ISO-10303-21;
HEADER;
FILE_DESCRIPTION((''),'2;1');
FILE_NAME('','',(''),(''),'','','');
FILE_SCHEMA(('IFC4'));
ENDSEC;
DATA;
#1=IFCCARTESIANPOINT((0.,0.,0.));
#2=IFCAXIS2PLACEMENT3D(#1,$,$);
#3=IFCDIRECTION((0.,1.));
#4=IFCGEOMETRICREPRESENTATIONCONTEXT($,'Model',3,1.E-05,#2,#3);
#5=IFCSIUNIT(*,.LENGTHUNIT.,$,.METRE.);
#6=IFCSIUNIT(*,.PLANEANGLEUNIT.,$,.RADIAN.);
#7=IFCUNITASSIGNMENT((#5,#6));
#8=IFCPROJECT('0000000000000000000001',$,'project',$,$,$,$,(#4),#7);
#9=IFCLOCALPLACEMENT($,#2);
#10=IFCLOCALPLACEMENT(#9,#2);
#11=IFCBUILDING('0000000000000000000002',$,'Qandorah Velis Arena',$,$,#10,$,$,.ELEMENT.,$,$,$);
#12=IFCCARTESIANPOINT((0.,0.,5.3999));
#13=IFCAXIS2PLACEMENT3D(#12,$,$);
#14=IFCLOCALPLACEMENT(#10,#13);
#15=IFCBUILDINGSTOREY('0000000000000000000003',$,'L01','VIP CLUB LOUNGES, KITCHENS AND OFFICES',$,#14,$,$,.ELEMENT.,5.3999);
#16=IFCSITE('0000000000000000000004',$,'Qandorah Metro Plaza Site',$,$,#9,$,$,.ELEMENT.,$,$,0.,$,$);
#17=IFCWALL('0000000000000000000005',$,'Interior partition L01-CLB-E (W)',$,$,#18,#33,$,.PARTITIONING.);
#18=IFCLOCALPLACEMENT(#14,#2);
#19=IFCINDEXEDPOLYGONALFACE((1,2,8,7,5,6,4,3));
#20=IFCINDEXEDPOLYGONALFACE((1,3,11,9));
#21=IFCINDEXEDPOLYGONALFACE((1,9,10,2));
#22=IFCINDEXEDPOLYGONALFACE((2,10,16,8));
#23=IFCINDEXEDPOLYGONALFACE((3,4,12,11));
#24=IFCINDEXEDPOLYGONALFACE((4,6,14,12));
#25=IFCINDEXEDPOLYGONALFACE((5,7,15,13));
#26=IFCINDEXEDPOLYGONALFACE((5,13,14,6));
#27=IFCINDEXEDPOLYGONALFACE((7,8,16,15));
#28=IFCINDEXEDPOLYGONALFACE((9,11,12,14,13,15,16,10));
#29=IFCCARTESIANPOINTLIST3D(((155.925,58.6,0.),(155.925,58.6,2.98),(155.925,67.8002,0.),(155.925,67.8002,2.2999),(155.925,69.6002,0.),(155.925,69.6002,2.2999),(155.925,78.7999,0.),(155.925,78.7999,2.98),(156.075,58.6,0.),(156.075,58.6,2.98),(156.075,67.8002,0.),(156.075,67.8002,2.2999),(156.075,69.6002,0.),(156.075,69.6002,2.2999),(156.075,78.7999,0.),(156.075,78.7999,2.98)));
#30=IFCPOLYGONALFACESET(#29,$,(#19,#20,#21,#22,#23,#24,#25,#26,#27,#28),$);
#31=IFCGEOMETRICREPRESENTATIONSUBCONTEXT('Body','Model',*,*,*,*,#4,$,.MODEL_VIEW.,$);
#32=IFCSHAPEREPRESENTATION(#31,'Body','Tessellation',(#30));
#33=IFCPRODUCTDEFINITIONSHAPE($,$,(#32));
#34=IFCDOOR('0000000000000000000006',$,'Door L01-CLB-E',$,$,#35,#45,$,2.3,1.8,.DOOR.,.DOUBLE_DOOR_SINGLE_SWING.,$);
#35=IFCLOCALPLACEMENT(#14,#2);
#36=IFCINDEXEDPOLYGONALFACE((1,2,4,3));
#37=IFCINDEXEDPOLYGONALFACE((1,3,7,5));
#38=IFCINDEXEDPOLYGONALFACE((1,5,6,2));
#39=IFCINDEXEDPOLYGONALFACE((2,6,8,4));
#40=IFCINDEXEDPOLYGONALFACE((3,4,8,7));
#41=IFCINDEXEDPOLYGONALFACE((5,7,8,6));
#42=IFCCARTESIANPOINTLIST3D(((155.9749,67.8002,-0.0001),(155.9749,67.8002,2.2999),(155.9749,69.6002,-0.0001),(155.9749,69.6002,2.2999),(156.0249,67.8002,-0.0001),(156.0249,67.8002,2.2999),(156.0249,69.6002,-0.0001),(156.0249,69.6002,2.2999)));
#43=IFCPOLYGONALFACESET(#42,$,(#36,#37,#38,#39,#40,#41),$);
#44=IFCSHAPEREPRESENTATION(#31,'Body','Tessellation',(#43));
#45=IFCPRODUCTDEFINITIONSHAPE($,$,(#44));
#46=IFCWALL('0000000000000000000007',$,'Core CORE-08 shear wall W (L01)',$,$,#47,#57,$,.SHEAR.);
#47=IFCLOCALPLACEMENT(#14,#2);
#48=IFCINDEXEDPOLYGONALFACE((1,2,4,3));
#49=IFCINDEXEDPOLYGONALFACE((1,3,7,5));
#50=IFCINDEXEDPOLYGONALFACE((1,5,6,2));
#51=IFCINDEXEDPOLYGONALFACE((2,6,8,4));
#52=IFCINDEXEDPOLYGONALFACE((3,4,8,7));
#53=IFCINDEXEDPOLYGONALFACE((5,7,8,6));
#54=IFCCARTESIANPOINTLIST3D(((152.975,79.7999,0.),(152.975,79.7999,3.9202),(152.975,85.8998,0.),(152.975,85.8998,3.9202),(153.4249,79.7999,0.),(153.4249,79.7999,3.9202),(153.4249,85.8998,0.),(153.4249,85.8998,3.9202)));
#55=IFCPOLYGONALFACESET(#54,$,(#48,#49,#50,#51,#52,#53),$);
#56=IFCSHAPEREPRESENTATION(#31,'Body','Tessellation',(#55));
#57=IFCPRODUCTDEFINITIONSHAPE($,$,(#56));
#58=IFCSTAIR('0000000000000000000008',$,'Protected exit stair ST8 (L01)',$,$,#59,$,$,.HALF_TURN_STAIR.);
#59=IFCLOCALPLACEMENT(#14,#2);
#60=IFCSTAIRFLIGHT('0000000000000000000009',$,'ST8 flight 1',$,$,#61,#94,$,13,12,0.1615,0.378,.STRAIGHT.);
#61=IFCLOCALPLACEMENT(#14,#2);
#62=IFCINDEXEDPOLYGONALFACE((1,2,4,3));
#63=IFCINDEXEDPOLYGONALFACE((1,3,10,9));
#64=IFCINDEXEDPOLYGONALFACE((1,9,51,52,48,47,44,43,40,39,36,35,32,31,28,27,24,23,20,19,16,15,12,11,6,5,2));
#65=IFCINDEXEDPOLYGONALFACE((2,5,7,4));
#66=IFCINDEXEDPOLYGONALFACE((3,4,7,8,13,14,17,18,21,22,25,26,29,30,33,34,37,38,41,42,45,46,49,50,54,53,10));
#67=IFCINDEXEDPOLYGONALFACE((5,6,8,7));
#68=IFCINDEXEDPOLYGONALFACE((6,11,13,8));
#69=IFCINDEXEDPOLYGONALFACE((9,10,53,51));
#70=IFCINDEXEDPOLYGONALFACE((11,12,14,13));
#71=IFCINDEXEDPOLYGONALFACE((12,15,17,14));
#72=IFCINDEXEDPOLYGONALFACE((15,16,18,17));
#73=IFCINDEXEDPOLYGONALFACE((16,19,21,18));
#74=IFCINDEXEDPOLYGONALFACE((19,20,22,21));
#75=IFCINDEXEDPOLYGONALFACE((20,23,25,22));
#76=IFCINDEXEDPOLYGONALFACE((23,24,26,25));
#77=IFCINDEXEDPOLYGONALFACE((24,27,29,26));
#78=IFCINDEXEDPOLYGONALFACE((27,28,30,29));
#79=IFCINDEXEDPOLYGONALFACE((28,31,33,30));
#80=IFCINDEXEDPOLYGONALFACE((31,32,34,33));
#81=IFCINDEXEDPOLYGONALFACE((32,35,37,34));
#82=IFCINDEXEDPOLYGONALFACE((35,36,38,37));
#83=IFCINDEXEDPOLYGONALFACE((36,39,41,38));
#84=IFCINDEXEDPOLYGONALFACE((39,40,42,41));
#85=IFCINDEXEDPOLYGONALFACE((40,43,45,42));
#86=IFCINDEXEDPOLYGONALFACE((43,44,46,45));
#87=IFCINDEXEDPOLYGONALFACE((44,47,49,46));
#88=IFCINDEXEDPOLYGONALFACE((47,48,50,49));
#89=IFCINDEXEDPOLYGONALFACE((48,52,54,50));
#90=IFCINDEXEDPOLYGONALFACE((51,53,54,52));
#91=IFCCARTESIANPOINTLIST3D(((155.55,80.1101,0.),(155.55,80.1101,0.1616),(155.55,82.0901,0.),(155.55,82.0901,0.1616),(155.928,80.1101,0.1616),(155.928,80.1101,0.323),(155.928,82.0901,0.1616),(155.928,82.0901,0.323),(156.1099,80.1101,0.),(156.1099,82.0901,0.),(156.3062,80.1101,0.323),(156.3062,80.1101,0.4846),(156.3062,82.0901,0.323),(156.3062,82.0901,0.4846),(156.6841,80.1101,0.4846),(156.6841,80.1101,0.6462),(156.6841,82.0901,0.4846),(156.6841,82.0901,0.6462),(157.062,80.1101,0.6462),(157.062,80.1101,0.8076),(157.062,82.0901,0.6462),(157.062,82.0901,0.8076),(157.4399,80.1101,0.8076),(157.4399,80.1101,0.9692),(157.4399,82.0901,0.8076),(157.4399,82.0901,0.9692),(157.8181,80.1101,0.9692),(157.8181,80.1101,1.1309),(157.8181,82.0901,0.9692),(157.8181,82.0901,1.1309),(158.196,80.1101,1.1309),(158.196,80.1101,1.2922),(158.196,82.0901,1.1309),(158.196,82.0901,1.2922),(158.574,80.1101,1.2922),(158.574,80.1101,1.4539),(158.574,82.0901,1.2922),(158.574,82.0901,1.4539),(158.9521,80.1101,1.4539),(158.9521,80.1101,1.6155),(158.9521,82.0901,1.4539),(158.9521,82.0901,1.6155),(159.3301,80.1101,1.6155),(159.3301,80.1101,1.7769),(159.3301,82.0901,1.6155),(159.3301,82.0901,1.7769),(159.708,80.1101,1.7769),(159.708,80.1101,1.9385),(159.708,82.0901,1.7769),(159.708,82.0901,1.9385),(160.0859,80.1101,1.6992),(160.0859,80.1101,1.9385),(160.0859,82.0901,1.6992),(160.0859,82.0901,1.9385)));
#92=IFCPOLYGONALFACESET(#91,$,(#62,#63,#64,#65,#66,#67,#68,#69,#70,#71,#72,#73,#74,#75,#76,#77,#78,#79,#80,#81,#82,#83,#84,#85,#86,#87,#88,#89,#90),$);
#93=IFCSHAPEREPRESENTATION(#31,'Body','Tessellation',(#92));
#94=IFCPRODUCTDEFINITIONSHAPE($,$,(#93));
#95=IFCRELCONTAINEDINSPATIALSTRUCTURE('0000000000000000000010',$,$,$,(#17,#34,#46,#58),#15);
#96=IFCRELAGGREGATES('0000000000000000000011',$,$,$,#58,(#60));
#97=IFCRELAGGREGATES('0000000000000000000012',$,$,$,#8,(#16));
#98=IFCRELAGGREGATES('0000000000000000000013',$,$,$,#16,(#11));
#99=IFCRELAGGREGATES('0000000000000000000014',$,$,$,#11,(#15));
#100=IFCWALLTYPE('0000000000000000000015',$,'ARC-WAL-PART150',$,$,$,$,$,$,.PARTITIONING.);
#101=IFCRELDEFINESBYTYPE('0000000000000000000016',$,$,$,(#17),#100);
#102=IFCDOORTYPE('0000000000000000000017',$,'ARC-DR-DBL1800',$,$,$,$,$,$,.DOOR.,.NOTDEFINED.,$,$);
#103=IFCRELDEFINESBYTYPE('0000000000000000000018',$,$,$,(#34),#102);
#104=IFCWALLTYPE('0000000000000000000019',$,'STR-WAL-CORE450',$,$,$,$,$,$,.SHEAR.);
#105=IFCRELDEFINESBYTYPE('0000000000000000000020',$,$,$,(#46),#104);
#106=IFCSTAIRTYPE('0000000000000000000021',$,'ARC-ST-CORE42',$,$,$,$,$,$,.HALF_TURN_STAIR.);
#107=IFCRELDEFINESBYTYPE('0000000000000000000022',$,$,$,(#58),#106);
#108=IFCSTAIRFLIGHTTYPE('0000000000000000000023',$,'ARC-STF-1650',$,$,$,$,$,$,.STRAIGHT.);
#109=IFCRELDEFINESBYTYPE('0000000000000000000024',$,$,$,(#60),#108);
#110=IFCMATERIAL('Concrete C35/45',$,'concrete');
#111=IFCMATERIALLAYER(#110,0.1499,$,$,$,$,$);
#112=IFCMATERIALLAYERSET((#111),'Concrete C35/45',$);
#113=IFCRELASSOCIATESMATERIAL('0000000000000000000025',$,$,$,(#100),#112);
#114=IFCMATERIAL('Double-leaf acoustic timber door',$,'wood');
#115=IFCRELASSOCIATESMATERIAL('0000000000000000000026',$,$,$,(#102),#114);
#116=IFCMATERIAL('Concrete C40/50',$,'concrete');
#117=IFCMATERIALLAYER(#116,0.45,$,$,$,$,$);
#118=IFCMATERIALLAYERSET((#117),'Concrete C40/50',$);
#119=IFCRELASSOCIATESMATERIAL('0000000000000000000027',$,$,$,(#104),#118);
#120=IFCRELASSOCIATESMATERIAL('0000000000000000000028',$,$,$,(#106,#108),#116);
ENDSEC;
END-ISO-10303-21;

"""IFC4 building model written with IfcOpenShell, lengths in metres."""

from ifc_helpers import new_model, si_unit, direction, frame, frame_2d, origin, place, context, subcontext, project, spatial, polyline, rectangle, outline, extrude, material, layer, layer_set, type_object, element, fill, aggregate, save


model = new_model("IFC4")

# Units and contexts
model_context = context("Model", 3, precision=1e-05, world=origin(), true_north=direction((0.0, 1.0)))
body_context = subcontext(model_context, "Body", "Model", "MODEL_VIEW")
ifc_project = project(units=[si_unit("LENGTHUNIT", "METRE"), si_unit("PLANEANGLEUNIT", "RADIAN")], contexts=[model_context])

# Site, building, storey
site_placement = place(None, origin())
site = spatial("IfcSite", under=ifc_project, at=site_placement, Name="Qandorah Metro Plaza Site", CompositionType="ELEMENT", RefElevation=0.0)
building_placement = place(site_placement, origin())
building = spatial("IfcBuilding", under=site, at=building_placement, Name="Qandorah Velis Arena", CompositionType="ELEMENT")
storey_placement = place(building_placement, frame((0.0, 0.0, 5.3999)))
storey = spatial("IfcBuildingStorey", under=building, at=storey_placement, Name="L01", Description="VIP CLUB LOUNGES, KITCHENS AND OFFICES", CompositionType="ELEMENT", Elevation=5.3999)

# Shared definitions
ifc_material_1 = material(Name="Concrete C40/50", Category="concrete")

# Wall, opening, door
ifc_material_2 = material(Name="Concrete C35/45", Category="concrete")
ifc_layer_1 = layer(ifc_material_2, 0.1499)
ifc_layer_set_1 = layer_set([ifc_layer_1], Name="Concrete C35/45")
wall_type_1 = type_object("IfcWallType", Name="ARC-WAL-PART150", PredefinedType="PARTITIONING", material=ifc_layer_set_1)
wall_1_placement = place(storey_placement, frame((156.0, 78.8, 0.0), z_axis=(0.0, 0.0, 1.0), x_axis=(0.0, -1.0, 0.0)))
wall_1 = element("IfcWall", 1, at=wall_1_placement, inside=storey, type_object=wall_type_1, Name="Interior partition L01-CLB-E (W)", PredefinedType="PARTITIONING", context=body_context, shape_type="SweptSolid", body=[
    extrude(rectangle(XDim=20.2, YDim=0.1499, at=frame_2d((10.1001, 0.0))), origin(), (0.0, 0.0, 1.0), 2.98),
])
opening_1_placement = place(wall_1_placement, frame((9.2, 0.0, 0.0)))
opening_1 = element("IfcOpeningElement", 2, at=opening_1_placement, cuts=wall_1, PredefinedType="OPENING", context=body_context, shape_type="SweptSolid", body=[
    extrude(rectangle(XDim=1.8, YDim=2.3, at=frame_2d((0.8999, 1.1499))), frame((0.0, 0.085, 0.0), z_axis=(0.0, -1.0, 0.0), x_axis=(1.0, 0.0, 0.0)), (0.0, 0.0, 1.0), 0.1699),
])
ifc_material_3 = material(Name="Double-leaf acoustic timber door", Category="wood")
door_type_1 = type_object("IfcDoorType", Name="ARC-DR-DBL1800", OperationType="NOTDEFINED", PredefinedType="DOOR", material=ifc_material_3)
door_1_placement = place(opening_1_placement, origin())
door_1 = element("IfcDoor", 3, at=door_1_placement, inside=storey, type_object=door_type_1, Name="Door L01-CLB-E", OperationType="DOUBLE_DOOR_SINGLE_SWING", OverallHeight=2.3, OverallWidth=1.8, PredefinedType="DOOR", context=body_context, shape_type="SweptSolid", body=[
    extrude(rectangle(XDim=1.8, YDim=2.3, at=frame_2d((0.8999, 1.1499))), frame((0.0, 0.0249, 0.0), z_axis=(0.0, -1.0, 0.0), x_axis=(1.0, 0.0, 0.0)), (0.0, 0.0, 1.0), 0.05),
])
fill(opening_1, door_1)

# Shared definitions
ifc_layer_2 = layer(ifc_material_1, 0.45)
ifc_layer_set_2 = layer_set([ifc_layer_2], Name="Concrete C40/50")
wall_type_2 = type_object("IfcWallType", Name="STR-WAL-CORE450", PredefinedType="SHEAR", material=ifc_layer_set_2)

# Wall
wall_2_placement = place(storey_placement, frame((153.2, 79.8, 0.0), z_axis=(0.0, 0.0, 1.0), x_axis=(0.0, 1.0, 0.0)))
element("IfcWall", 4, at=wall_2_placement, inside=storey, type_object=wall_type_2, Name="Core CORE-08 shear wall W (L01)", PredefinedType="SHEAR", context=body_context, shape_type="SweptSolid", body=[
    extrude(rectangle(XDim=6.0999, YDim=0.45, at=frame_2d((3.0498, 0.0))), origin(), (0.0, 0.0, 1.0), 3.9202),
])

# Stair, stair flight
stair_type = type_object("IfcStairType", Name="ARC-ST-CORE42", PredefinedType="HALF_TURN_STAIR", material=ifc_material_1)
stair_placement = place(storey_placement, origin())
stair = element("IfcStair", 5, at=stair_placement, inside=storey, type_object=stair_type, Name="Protected exit stair ST8 (L01)", PredefinedType="HALF_TURN_STAIR")
stair_flight_type = type_object("IfcStairFlightType", Name="ARC-STF-1650", PredefinedType="STRAIGHT", material=ifc_material_1)
stair_flight_placement = place(storey_placement, frame((155.55, 81.1001, 0.0), z_axis=(0.0, 0.0, 1.0), x_axis=(1.0, 0.0, 0.0)))
stair_flight = element("IfcStairFlight", 6, at=stair_flight_placement, type_object=stair_flight_type, Name="ST8 flight 1", NumberOfRisers=13, NumberOfTreads=12, PredefinedType="STRAIGHT", RiserHeight=0.1615, TreadLength=0.378, context=body_context, shape_type="SweptSolid", body=[
    extrude(outline(polyline([(0.0, 0.0), (0.0, 0.1616), (0.3779, 0.1616), (0.3779, 0.323), (0.7561, 0.323), (0.7561, 0.4846), (1.134, 0.4846), (1.134, 0.6462), (1.512, 0.6462), (1.512, 0.8076), (1.8899, 0.8076), (1.8899, 0.9692), (2.2681, 0.9692), (2.2681, 1.1309), (2.646, 1.1309), (2.646, 1.2922), (3.0239, 1.2922), (3.0239, 1.4539), (3.4021, 1.4539), (3.4021, 1.6155), (3.78, 1.6155), (3.78, 1.7769), (4.158, 1.7769), (4.158, 1.9385), (4.5359, 1.9385), (4.5359, 2.1001), (4.5359, 1.6992), (0.5598, 0.0), (0.0, 0.0)])), frame((0.0, 0.99, 0.0), z_axis=(0.0, -1.0, 0.0), x_axis=(1.0, 0.0, 0.0)), (0.0, 0.0, 1.0), 1.98),
])
aggregate(stair, [stair_flight])

save(model, "model.ifc")
